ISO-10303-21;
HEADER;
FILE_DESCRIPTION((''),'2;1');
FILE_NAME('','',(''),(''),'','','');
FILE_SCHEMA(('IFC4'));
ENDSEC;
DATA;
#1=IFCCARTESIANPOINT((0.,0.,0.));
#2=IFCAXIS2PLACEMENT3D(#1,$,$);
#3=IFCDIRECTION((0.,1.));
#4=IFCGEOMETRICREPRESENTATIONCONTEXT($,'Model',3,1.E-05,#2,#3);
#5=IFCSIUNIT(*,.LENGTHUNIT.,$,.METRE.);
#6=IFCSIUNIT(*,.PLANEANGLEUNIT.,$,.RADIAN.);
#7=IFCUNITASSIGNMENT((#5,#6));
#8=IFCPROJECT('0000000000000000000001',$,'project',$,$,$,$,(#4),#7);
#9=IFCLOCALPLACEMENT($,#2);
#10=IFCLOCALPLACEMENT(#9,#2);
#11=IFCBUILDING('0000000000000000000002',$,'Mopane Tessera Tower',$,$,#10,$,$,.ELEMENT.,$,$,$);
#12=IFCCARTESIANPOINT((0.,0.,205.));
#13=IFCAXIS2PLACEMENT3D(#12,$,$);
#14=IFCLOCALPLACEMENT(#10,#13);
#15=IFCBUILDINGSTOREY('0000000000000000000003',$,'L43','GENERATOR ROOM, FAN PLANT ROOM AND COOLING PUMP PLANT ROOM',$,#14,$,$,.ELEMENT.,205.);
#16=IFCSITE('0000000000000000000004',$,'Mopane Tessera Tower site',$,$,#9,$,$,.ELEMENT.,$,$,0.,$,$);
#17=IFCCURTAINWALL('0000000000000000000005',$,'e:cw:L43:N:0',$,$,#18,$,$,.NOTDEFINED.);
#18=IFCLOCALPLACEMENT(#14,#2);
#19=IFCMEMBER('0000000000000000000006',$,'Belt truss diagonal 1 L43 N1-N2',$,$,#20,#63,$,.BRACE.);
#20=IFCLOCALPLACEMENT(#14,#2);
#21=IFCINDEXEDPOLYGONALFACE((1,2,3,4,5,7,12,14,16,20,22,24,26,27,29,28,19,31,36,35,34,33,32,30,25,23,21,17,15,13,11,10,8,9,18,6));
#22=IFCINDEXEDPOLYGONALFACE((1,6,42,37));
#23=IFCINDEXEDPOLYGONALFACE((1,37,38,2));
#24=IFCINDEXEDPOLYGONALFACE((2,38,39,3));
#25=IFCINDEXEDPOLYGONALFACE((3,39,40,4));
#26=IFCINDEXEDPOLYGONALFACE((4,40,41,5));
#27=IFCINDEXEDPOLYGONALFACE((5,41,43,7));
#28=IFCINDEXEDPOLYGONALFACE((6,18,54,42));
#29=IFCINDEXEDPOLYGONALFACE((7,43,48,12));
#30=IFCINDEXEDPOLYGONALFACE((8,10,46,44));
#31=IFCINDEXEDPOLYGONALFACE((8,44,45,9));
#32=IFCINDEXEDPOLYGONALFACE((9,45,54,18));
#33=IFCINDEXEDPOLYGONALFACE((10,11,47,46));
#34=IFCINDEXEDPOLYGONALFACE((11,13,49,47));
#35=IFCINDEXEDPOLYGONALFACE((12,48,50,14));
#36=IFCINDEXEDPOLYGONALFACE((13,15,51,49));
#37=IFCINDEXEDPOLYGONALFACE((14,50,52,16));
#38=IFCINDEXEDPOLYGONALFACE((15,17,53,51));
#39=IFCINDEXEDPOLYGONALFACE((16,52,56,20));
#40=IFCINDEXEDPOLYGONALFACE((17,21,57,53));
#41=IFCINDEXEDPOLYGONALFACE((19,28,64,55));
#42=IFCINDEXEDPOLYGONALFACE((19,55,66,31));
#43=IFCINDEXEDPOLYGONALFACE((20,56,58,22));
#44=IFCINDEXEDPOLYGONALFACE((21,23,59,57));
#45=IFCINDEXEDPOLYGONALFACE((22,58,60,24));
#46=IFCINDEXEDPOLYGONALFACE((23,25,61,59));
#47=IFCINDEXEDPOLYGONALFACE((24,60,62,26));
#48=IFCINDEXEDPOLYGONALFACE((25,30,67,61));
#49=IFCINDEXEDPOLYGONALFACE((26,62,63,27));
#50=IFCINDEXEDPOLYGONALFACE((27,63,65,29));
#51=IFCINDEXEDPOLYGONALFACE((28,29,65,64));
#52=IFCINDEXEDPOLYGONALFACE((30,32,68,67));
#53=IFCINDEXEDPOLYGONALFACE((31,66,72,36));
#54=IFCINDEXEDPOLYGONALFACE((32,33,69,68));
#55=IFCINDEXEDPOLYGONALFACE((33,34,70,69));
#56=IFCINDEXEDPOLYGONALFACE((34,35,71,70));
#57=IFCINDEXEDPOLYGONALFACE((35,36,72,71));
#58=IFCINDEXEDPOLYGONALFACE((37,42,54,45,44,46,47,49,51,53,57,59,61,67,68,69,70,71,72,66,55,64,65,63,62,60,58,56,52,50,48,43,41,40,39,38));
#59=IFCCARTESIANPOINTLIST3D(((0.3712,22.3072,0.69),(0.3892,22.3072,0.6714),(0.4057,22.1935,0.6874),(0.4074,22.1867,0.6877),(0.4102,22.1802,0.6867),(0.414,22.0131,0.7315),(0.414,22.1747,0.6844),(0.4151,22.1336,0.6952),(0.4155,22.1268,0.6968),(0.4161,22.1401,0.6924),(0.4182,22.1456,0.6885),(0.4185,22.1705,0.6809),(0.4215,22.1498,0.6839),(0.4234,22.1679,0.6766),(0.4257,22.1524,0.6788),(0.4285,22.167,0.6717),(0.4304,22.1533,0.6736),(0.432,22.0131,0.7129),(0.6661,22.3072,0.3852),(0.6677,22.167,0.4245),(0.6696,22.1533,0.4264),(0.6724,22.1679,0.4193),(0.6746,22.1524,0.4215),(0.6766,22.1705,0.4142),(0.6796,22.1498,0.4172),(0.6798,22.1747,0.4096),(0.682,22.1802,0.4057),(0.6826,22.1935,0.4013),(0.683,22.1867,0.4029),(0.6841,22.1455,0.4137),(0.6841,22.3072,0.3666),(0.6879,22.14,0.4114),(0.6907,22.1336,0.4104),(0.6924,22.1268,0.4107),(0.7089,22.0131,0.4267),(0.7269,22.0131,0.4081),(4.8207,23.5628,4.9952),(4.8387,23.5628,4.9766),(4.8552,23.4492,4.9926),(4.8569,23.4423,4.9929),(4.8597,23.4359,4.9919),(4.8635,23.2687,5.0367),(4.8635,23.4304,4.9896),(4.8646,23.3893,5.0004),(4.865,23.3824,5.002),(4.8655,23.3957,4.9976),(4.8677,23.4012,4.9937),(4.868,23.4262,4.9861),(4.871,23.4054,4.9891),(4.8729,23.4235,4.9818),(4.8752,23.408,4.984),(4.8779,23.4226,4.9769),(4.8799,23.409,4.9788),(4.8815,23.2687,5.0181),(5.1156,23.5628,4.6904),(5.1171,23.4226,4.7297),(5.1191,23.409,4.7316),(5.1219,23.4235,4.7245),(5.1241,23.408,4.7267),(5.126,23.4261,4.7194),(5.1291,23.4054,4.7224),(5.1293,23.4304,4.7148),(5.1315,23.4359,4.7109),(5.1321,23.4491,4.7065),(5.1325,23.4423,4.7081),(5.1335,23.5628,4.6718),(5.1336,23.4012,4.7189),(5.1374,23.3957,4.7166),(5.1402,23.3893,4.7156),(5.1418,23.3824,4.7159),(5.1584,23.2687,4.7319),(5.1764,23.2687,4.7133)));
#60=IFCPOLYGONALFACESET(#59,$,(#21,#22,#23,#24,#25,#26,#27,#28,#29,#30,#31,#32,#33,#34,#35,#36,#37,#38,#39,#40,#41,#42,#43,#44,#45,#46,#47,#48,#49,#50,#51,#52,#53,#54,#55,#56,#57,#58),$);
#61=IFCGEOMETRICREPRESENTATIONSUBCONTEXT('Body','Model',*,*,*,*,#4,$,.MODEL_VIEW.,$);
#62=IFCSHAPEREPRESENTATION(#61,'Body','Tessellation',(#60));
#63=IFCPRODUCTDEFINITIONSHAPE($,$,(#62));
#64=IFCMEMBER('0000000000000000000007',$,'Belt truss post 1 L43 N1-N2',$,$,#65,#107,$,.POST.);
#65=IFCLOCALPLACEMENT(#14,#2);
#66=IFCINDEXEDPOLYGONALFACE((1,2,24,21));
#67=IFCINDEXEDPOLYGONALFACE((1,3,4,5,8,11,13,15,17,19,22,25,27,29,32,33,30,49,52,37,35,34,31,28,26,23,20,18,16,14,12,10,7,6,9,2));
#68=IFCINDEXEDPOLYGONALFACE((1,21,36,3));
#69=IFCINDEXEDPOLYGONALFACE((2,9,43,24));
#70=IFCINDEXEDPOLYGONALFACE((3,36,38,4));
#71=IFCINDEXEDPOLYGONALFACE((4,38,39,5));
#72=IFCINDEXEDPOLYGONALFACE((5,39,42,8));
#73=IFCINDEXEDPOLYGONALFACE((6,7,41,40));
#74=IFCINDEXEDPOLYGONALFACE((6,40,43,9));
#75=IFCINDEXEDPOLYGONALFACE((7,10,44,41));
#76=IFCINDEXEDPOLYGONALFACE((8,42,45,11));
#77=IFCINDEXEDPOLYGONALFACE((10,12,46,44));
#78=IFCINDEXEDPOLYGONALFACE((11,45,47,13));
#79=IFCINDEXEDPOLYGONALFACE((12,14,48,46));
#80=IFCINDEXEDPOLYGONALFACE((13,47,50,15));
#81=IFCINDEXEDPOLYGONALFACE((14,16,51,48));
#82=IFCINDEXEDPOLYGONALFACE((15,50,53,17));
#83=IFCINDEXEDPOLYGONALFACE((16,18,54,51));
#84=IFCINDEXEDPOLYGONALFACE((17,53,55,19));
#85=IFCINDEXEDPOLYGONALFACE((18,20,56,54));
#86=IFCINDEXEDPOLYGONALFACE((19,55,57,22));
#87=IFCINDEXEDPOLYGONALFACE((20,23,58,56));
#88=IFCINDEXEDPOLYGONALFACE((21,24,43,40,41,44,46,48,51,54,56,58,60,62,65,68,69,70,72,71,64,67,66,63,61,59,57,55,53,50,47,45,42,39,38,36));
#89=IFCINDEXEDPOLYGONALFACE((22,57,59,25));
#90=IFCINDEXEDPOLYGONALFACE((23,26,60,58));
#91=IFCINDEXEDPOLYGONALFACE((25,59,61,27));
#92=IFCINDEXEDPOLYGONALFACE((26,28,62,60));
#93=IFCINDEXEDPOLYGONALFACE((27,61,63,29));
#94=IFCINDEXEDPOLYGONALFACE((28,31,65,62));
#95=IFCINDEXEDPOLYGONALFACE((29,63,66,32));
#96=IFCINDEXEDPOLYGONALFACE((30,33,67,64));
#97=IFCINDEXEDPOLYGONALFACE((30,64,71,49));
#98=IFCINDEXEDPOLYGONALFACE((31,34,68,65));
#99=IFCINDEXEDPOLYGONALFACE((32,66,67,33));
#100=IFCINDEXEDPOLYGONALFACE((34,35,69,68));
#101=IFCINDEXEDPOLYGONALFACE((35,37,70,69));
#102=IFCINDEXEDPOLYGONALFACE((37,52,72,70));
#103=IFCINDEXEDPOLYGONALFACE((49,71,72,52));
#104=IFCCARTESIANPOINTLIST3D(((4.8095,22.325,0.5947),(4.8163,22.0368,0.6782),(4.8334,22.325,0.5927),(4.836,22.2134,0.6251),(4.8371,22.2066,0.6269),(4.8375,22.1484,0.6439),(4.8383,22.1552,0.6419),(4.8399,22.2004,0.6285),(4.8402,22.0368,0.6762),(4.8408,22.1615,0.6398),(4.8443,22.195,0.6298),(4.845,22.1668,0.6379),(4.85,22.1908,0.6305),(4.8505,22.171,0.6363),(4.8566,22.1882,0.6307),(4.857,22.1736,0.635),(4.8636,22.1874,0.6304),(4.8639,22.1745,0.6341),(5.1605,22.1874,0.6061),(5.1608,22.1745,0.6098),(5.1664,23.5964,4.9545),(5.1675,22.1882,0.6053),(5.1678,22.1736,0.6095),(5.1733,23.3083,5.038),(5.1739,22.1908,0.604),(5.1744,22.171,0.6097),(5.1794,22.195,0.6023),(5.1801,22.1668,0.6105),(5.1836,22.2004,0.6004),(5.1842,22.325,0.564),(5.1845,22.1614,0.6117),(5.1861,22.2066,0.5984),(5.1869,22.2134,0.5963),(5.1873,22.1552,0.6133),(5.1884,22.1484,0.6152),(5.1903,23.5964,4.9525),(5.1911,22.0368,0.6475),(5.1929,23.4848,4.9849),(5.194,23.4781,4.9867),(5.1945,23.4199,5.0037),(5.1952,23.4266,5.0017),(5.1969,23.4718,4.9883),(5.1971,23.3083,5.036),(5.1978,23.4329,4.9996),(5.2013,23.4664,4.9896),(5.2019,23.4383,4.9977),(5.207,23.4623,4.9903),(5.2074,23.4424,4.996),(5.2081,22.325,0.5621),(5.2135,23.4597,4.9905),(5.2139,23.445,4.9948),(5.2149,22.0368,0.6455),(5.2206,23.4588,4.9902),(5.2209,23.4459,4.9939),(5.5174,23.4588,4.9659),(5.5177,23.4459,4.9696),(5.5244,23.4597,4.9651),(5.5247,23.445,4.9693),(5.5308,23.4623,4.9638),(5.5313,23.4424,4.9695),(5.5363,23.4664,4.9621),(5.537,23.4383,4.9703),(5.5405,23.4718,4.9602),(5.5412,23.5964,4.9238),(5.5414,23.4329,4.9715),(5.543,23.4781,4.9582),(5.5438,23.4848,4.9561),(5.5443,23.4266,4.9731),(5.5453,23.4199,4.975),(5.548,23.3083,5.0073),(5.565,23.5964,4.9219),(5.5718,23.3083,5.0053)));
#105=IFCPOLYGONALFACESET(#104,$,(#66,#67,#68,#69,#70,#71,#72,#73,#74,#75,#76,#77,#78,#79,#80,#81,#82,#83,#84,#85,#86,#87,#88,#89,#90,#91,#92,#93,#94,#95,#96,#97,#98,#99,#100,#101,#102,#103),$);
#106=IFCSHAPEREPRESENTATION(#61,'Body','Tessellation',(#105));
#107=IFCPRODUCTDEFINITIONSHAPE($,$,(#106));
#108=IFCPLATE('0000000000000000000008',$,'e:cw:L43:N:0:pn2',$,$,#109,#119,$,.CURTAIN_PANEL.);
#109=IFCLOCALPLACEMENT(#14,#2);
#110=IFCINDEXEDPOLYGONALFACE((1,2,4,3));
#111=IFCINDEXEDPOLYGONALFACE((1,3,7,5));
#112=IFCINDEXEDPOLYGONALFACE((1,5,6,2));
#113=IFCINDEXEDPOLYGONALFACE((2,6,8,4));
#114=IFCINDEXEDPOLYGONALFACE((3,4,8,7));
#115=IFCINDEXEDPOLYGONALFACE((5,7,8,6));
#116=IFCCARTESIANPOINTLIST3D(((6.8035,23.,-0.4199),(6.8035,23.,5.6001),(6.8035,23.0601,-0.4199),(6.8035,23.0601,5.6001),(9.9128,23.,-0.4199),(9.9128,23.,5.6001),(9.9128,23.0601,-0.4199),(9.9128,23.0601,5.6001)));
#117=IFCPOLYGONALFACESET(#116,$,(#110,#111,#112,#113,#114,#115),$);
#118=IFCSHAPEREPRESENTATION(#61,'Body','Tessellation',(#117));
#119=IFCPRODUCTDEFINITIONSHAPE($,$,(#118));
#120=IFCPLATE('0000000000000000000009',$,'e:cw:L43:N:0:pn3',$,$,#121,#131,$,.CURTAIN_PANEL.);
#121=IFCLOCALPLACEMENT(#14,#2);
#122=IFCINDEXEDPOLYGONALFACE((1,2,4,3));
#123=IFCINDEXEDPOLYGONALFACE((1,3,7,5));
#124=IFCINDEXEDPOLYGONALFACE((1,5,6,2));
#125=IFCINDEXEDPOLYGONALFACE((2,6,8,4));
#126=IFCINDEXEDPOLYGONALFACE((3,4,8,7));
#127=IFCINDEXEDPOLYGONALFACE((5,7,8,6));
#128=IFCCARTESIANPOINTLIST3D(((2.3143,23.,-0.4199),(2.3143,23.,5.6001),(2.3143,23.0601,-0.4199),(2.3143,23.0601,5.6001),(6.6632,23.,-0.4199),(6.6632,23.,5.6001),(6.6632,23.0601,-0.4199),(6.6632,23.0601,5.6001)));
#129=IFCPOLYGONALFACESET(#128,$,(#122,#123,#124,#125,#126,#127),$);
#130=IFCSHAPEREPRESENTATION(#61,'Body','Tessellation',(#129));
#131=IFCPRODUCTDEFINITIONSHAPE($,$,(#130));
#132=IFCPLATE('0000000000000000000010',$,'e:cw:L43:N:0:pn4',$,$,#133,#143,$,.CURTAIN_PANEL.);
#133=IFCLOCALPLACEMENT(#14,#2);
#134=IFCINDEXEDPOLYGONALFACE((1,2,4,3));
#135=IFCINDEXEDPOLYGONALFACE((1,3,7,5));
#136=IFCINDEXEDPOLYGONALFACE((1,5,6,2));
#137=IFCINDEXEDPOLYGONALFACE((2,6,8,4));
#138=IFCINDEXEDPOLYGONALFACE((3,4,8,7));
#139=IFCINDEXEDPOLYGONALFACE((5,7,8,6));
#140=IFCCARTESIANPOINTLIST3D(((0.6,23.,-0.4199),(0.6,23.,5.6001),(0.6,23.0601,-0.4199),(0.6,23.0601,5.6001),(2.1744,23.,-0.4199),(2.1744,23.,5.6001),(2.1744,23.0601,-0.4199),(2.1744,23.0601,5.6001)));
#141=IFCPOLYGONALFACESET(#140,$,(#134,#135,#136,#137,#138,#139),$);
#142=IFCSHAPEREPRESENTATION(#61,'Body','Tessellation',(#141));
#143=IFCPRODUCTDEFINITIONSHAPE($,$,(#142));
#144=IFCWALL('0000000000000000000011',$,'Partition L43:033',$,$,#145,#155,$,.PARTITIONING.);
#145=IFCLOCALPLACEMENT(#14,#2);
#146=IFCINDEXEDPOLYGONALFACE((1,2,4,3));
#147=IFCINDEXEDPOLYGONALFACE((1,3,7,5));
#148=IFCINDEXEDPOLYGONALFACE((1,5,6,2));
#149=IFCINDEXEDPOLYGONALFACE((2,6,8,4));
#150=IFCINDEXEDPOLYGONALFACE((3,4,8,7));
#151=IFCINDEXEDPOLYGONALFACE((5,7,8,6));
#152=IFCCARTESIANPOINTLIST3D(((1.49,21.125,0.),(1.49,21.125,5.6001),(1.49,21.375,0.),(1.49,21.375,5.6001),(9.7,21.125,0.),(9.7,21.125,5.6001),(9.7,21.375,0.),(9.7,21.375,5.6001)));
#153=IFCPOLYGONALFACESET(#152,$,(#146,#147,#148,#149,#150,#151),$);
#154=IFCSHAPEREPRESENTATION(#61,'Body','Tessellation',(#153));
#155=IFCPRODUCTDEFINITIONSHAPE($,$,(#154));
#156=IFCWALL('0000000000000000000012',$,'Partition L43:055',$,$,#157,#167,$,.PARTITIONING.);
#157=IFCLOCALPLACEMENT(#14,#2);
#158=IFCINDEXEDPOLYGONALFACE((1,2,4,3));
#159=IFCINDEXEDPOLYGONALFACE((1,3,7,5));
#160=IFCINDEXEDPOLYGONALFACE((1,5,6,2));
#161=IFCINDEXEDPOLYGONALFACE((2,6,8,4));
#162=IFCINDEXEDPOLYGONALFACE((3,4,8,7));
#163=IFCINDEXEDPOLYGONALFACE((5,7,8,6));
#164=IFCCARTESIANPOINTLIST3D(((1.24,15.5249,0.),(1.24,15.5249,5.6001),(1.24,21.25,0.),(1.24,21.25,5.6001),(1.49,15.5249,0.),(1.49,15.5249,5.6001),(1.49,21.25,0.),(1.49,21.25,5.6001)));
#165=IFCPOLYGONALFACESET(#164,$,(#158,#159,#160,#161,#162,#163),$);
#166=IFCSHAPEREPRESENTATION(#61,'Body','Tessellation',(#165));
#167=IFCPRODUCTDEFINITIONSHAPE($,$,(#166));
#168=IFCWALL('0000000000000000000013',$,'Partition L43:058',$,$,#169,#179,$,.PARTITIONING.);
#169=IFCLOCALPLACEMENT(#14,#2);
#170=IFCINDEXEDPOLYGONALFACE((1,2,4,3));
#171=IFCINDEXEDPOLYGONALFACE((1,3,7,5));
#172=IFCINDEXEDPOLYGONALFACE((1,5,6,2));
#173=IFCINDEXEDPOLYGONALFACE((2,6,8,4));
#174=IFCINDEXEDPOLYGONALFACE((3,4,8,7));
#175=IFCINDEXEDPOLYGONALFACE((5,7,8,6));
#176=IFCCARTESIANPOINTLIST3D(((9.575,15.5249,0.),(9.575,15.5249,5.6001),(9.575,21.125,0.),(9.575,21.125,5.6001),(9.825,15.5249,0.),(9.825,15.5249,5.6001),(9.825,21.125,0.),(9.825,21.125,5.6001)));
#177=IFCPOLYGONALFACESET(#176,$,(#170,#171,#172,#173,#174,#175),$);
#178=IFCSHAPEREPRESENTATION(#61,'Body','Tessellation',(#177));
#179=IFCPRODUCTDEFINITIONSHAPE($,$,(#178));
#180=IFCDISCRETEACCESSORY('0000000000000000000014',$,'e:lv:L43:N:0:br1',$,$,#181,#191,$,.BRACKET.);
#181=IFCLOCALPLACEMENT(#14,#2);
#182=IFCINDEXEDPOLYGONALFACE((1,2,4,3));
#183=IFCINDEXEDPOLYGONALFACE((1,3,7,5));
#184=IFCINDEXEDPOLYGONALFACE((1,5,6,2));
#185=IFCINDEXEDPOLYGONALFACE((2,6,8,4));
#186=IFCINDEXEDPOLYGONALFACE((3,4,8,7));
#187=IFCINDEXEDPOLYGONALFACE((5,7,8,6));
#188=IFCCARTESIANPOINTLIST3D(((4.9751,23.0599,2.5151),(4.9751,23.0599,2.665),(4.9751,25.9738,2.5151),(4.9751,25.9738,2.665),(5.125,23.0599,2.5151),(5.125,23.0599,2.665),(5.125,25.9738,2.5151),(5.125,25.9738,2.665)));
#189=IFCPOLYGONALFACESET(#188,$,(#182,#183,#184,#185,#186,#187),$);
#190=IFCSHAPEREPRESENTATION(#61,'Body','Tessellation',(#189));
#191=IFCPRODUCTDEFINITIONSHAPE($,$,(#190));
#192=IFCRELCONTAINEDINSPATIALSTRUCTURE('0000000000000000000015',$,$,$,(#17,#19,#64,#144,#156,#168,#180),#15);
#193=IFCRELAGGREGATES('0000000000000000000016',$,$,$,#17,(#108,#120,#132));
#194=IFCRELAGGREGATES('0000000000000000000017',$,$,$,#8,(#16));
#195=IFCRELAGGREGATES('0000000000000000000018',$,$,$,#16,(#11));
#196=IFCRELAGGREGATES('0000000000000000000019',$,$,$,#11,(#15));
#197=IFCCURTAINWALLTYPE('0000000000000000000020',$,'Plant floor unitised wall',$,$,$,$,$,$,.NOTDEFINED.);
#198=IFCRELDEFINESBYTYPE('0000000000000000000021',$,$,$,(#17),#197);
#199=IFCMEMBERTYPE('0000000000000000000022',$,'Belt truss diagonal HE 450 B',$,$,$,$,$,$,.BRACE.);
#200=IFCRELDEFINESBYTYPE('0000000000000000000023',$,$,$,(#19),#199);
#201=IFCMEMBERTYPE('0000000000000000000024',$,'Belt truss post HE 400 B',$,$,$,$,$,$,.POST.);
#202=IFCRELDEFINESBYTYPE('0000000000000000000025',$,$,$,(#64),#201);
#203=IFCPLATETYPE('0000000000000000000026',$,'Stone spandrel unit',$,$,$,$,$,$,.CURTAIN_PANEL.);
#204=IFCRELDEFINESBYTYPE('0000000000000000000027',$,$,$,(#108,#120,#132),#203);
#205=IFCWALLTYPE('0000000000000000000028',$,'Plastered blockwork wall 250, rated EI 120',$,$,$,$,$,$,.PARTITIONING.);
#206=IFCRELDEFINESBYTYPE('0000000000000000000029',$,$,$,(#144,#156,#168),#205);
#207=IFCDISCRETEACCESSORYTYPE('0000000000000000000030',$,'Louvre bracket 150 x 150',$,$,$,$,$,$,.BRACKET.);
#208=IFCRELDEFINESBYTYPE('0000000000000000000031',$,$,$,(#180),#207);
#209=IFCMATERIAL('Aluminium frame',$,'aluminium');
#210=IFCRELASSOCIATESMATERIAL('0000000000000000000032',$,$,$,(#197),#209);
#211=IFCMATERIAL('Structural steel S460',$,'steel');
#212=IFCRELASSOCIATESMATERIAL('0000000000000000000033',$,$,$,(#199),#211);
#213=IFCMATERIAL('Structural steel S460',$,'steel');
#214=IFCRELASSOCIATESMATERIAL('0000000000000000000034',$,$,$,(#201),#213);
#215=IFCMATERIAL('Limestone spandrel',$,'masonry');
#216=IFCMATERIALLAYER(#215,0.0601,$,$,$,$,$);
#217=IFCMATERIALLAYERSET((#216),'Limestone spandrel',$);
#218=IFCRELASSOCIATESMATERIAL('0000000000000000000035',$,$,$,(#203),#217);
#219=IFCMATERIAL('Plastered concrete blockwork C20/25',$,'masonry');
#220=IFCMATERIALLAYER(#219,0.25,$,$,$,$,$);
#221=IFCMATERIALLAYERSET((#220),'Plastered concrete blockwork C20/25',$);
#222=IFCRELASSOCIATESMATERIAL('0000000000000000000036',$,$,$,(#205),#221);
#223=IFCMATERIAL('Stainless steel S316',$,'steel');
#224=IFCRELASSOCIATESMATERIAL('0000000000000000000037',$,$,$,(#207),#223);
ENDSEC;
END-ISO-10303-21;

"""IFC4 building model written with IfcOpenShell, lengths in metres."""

from ifc_helpers import new_model, si_unit, direction, frame, frame_2d, origin, origin_2d, place, context, subcontext, project, spatial, rectangle, i_section, extrude, material, layer, layer_set, material_profile, profile_set, type_object, element, aggregate, save


model = new_model("IFC4")

# Units and contexts
model_context = context("Model", 3, precision=1e-05, world=origin(), true_north=direction((0.0, 1.0)))
body_context = subcontext(model_context, "Body", "Model", "MODEL_VIEW")
ifc_project = project(units=[si_unit("LENGTHUNIT", "METRE"), si_unit("PLANEANGLEUNIT", "RADIAN")], contexts=[model_context])

# Site, building, storey
site_placement = place(None, origin())
site = spatial("IfcSite", under=ifc_project, at=site_placement, Name="Mopane Tessera Tower site", CompositionType="ELEMENT", RefElevation=0.0)
building_placement = place(site_placement, origin())
building = spatial("IfcBuilding", under=site, at=building_placement, Name="Mopane Tessera Tower", CompositionType="ELEMENT")
storey_placement = place(building_placement, frame((0.0, 0.0, 205.0)))
storey = spatial("IfcBuildingStorey", under=building, at=storey_placement, Name="L43", Description="GENERATOR ROOM, FAN PLANT ROOM AND COOLING PUMP PLANT ROOM", CompositionType="ELEMENT", Elevation=205.0)

# Curtain wall
ifc_material_1 = material(Name="Aluminium frame", Category="aluminium")
curtain_wall_type = type_object("IfcCurtainWallType", Name="Plant floor unitised wall", PredefinedType="NOTDEFINED", material=ifc_material_1)
curtain_wall_placement = place(storey_placement, origin())
curtain_wall = element("IfcCurtainWall", 1, at=curtain_wall_placement, inside=storey, type_object=curtain_wall_type, Name="e:cw:L43:N:0", PredefinedType="NOTDEFINED")

# Members
ifc_material_2 = material(Name="Structural steel S460", Category="steel")
ifc_material_profile_1 = material_profile(ifc_material_2, i_section(OverallWidth=0.3, OverallDepth=0.45, WebThickness=0.0139, FlangeThickness=0.0259, FilletRadius=0.0271, at=origin_2d()))
ifc_profile_set_1 = profile_set([ifc_material_profile_1], Name="Structural steel S460")
member_type_1 = type_object("IfcMemberType", Name="Belt truss diagonal HE 450 B", PredefinedType="BRACE", material=ifc_profile_set_1)
member_1_placement = place(storey_placement, frame((4.9985, 23.4158, 4.8542), z_axis=(-0.704325, -0.198757, -0.681485), x_axis=(0.142831, -0.980049, 0.138216)))
element("IfcMember", 2, at=member_1_placement, inside=storey, type_object=member_type_1, Name="Belt truss diagonal 1 L43 N1-N2", PredefinedType="BRACE", context=body_context, shape_type="SweptSolid", body=[
    extrude(i_section(OverallWidth=0.3, OverallDepth=0.45, WebThickness=0.0139, FlangeThickness=0.0259, FilletRadius=0.0271, at=origin_2d()), origin(), (0.0, 0.0, 1.0), 6.3174),
])
ifc_material_3 = material(Name="Structural steel S460", Category="steel")
ifc_material_profile_2 = material_profile(ifc_material_3, i_section(OverallWidth=0.3, OverallDepth=0.3999, WebThickness=0.0134, FlangeThickness=0.0239, FilletRadius=0.0271, at=origin_2d()))
ifc_profile_set_2 = profile_set([ifc_material_profile_2], Name="Structural steel S460")
member_type_2 = type_object("IfcMemberType", Name="Belt truss post HE 400 B", PredefinedType="POST", material=ifc_profile_set_2)
member_2_placement = place(storey_placement, frame((5.0122, 22.1809, 0.6201), z_axis=(0.078352, 0.27911, 0.957057), x_axis=(0.022757, -0.960259, 0.278181)))
element("IfcMember", 3, at=member_2_placement, inside=storey, type_object=member_type_2, Name="Belt truss post 1 L43 N1-N2", PredefinedType="POST", context=body_context, shape_type="SweptSolid", body=[
    extrude(i_section(OverallWidth=0.3, OverallDepth=0.3999, WebThickness=0.0134, FlangeThickness=0.0239, FilletRadius=0.0271, at=origin_2d()), origin(), (0.0, 0.0, 1.0), 4.5554),
])

# Plates
ifc_material_4 = material(Name="Limestone spandrel", Category="masonry")
ifc_layer_1 = layer(ifc_material_4, 0.0601)
ifc_layer_set_1 = layer_set([ifc_layer_1], Name="Limestone spandrel")
plate_type = type_object("IfcPlateType", Name="Stone spandrel unit", PredefinedType="CURTAIN_PANEL", material=ifc_layer_set_1)
plate_1_placement = place(storey_placement, frame((8.3582, 23.03, -0.4199), z_axis=(0.0, 0.0, 1.0), x_axis=(-1.0, 0.0, 0.0)))
plate_1 = element("IfcPlate", 4, at=plate_1_placement, type_object=plate_type, Name="e:cw:L43:N:0:pn2", PredefinedType="CURTAIN_PANEL", context=body_context, shape_type="SweptSolid", body=[
    extrude(rectangle(XDim=3.1094, YDim=0.0601, at=origin_2d()), origin(), (0.0, 0.0, 1.0), 6.02),
])
plate_2_placement = place(storey_placement, frame((4.4888, 23.03, -0.4199), z_axis=(0.0, 0.0, 1.0), x_axis=(-1.0, 0.0, 0.0)))
plate_2 = element("IfcPlate", 5, at=plate_2_placement, type_object=plate_type, Name="e:cw:L43:N:0:pn3", PredefinedType="CURTAIN_PANEL", context=body_context, shape_type="SweptSolid", body=[
    extrude(rectangle(XDim=4.3489, YDim=0.0601, at=origin_2d()), origin(), (0.0, 0.0, 1.0), 6.02),
])
plate_3_placement = place(storey_placement, frame((1.3872, 23.03, -0.4199), z_axis=(0.0, 0.0, 1.0), x_axis=(-1.0, 0.0, 0.0)))
plate_3 = element("IfcPlate", 6, at=plate_3_placement, type_object=plate_type, Name="e:cw:L43:N:0:pn4", PredefinedType="CURTAIN_PANEL", context=body_context, shape_type="SweptSolid", body=[
    extrude(rectangle(XDim=1.5745, YDim=0.0601, at=origin_2d()), origin(), (0.0, 0.0, 1.0), 6.02),
])
aggregate(curtain_wall, [plate_1, plate_2, plate_3])

# Walls
ifc_material_5 = material(Name="Plastered concrete blockwork C20/25", Category="masonry")
ifc_layer_2 = layer(ifc_material_5, 0.25)
ifc_layer_set_2 = layer_set([ifc_layer_2], Name="Plastered concrete blockwork C20/25")
wall_type = type_object("IfcWallType", Name="Plastered blockwork wall 250, rated EI 120", PredefinedType="PARTITIONING", material=ifc_layer_set_2)
wall_1_placement = place(storey_placement, frame((1.49, 21.25, 0.0), z_axis=(0.0, 0.0, 1.0), x_axis=(1.0, 0.0, 0.0)))
element("IfcWall", 7, at=wall_1_placement, inside=storey, type_object=wall_type, Name="Partition L43:033", PredefinedType="PARTITIONING", context=body_context, shape_type="SweptSolid", body=[
    extrude(rectangle(XDim=8.21, YDim=0.25, at=frame_2d((4.105, 0.0))), origin(), (0.0, 0.0, 1.0), 5.6001),
])
wall_2_placement = place(storey_placement, frame((1.365, 15.5249, 0.0), z_axis=(0.0, 0.0, 1.0), x_axis=(0.0, 1.0, 0.0)))
element("IfcWall", 8, at=wall_2_placement, inside=storey, type_object=wall_type, Name="Partition L43:055", PredefinedType="PARTITIONING", context=body_context, shape_type="SweptSolid", body=[
    extrude(rectangle(XDim=5.7251, YDim=0.25, at=frame_2d((2.8625, 0.0))), origin(), (0.0, 0.0, 1.0), 5.6001),
])
wall_3_placement = place(storey_placement, frame((9.7, 15.5249, 0.0), z_axis=(0.0, 0.0, 1.0), x_axis=(0.0, 1.0, 0.0)))
element("IfcWall", 9, at=wall_3_placement, inside=storey, type_object=wall_type, Name="Partition L43:058", PredefinedType="PARTITIONING", context=body_context, shape_type="SweptSolid", body=[
    extrude(rectangle(XDim=5.6001, YDim=0.25, at=frame_2d((2.8, 0.0))), origin(), (0.0, 0.0, 1.0), 5.6001),
])

# Discrete accessory
ifc_material_6 = material(Name="Stainless steel S316", Category="steel")
discrete_accessory_type_1 = type_object("IfcDiscreteAccessoryType", Name="Louvre bracket 150 x 150", PredefinedType="BRACKET", material=ifc_material_6)
discrete_accessory_1_placement = place(storey_placement, frame((5.05, 24.5168, 2.5151), z_axis=(0.0, 0.0, 1.0), x_axis=(0.0, 1.0, 0.0)))
element("IfcDiscreteAccessory", 10, at=discrete_accessory_1_placement, inside=storey, type_object=discrete_accessory_type_1, Name="e:lv:L43:N:0:br1", PredefinedType="BRACKET", context=body_context, shape_type="SweptSolid", body=[
    extrude(rectangle(XDim=2.9138, YDim=0.1499, at=origin_2d()), origin(), (0.0, 0.0, 1.0), 0.1499),
])

save(model, "model.ifc")
